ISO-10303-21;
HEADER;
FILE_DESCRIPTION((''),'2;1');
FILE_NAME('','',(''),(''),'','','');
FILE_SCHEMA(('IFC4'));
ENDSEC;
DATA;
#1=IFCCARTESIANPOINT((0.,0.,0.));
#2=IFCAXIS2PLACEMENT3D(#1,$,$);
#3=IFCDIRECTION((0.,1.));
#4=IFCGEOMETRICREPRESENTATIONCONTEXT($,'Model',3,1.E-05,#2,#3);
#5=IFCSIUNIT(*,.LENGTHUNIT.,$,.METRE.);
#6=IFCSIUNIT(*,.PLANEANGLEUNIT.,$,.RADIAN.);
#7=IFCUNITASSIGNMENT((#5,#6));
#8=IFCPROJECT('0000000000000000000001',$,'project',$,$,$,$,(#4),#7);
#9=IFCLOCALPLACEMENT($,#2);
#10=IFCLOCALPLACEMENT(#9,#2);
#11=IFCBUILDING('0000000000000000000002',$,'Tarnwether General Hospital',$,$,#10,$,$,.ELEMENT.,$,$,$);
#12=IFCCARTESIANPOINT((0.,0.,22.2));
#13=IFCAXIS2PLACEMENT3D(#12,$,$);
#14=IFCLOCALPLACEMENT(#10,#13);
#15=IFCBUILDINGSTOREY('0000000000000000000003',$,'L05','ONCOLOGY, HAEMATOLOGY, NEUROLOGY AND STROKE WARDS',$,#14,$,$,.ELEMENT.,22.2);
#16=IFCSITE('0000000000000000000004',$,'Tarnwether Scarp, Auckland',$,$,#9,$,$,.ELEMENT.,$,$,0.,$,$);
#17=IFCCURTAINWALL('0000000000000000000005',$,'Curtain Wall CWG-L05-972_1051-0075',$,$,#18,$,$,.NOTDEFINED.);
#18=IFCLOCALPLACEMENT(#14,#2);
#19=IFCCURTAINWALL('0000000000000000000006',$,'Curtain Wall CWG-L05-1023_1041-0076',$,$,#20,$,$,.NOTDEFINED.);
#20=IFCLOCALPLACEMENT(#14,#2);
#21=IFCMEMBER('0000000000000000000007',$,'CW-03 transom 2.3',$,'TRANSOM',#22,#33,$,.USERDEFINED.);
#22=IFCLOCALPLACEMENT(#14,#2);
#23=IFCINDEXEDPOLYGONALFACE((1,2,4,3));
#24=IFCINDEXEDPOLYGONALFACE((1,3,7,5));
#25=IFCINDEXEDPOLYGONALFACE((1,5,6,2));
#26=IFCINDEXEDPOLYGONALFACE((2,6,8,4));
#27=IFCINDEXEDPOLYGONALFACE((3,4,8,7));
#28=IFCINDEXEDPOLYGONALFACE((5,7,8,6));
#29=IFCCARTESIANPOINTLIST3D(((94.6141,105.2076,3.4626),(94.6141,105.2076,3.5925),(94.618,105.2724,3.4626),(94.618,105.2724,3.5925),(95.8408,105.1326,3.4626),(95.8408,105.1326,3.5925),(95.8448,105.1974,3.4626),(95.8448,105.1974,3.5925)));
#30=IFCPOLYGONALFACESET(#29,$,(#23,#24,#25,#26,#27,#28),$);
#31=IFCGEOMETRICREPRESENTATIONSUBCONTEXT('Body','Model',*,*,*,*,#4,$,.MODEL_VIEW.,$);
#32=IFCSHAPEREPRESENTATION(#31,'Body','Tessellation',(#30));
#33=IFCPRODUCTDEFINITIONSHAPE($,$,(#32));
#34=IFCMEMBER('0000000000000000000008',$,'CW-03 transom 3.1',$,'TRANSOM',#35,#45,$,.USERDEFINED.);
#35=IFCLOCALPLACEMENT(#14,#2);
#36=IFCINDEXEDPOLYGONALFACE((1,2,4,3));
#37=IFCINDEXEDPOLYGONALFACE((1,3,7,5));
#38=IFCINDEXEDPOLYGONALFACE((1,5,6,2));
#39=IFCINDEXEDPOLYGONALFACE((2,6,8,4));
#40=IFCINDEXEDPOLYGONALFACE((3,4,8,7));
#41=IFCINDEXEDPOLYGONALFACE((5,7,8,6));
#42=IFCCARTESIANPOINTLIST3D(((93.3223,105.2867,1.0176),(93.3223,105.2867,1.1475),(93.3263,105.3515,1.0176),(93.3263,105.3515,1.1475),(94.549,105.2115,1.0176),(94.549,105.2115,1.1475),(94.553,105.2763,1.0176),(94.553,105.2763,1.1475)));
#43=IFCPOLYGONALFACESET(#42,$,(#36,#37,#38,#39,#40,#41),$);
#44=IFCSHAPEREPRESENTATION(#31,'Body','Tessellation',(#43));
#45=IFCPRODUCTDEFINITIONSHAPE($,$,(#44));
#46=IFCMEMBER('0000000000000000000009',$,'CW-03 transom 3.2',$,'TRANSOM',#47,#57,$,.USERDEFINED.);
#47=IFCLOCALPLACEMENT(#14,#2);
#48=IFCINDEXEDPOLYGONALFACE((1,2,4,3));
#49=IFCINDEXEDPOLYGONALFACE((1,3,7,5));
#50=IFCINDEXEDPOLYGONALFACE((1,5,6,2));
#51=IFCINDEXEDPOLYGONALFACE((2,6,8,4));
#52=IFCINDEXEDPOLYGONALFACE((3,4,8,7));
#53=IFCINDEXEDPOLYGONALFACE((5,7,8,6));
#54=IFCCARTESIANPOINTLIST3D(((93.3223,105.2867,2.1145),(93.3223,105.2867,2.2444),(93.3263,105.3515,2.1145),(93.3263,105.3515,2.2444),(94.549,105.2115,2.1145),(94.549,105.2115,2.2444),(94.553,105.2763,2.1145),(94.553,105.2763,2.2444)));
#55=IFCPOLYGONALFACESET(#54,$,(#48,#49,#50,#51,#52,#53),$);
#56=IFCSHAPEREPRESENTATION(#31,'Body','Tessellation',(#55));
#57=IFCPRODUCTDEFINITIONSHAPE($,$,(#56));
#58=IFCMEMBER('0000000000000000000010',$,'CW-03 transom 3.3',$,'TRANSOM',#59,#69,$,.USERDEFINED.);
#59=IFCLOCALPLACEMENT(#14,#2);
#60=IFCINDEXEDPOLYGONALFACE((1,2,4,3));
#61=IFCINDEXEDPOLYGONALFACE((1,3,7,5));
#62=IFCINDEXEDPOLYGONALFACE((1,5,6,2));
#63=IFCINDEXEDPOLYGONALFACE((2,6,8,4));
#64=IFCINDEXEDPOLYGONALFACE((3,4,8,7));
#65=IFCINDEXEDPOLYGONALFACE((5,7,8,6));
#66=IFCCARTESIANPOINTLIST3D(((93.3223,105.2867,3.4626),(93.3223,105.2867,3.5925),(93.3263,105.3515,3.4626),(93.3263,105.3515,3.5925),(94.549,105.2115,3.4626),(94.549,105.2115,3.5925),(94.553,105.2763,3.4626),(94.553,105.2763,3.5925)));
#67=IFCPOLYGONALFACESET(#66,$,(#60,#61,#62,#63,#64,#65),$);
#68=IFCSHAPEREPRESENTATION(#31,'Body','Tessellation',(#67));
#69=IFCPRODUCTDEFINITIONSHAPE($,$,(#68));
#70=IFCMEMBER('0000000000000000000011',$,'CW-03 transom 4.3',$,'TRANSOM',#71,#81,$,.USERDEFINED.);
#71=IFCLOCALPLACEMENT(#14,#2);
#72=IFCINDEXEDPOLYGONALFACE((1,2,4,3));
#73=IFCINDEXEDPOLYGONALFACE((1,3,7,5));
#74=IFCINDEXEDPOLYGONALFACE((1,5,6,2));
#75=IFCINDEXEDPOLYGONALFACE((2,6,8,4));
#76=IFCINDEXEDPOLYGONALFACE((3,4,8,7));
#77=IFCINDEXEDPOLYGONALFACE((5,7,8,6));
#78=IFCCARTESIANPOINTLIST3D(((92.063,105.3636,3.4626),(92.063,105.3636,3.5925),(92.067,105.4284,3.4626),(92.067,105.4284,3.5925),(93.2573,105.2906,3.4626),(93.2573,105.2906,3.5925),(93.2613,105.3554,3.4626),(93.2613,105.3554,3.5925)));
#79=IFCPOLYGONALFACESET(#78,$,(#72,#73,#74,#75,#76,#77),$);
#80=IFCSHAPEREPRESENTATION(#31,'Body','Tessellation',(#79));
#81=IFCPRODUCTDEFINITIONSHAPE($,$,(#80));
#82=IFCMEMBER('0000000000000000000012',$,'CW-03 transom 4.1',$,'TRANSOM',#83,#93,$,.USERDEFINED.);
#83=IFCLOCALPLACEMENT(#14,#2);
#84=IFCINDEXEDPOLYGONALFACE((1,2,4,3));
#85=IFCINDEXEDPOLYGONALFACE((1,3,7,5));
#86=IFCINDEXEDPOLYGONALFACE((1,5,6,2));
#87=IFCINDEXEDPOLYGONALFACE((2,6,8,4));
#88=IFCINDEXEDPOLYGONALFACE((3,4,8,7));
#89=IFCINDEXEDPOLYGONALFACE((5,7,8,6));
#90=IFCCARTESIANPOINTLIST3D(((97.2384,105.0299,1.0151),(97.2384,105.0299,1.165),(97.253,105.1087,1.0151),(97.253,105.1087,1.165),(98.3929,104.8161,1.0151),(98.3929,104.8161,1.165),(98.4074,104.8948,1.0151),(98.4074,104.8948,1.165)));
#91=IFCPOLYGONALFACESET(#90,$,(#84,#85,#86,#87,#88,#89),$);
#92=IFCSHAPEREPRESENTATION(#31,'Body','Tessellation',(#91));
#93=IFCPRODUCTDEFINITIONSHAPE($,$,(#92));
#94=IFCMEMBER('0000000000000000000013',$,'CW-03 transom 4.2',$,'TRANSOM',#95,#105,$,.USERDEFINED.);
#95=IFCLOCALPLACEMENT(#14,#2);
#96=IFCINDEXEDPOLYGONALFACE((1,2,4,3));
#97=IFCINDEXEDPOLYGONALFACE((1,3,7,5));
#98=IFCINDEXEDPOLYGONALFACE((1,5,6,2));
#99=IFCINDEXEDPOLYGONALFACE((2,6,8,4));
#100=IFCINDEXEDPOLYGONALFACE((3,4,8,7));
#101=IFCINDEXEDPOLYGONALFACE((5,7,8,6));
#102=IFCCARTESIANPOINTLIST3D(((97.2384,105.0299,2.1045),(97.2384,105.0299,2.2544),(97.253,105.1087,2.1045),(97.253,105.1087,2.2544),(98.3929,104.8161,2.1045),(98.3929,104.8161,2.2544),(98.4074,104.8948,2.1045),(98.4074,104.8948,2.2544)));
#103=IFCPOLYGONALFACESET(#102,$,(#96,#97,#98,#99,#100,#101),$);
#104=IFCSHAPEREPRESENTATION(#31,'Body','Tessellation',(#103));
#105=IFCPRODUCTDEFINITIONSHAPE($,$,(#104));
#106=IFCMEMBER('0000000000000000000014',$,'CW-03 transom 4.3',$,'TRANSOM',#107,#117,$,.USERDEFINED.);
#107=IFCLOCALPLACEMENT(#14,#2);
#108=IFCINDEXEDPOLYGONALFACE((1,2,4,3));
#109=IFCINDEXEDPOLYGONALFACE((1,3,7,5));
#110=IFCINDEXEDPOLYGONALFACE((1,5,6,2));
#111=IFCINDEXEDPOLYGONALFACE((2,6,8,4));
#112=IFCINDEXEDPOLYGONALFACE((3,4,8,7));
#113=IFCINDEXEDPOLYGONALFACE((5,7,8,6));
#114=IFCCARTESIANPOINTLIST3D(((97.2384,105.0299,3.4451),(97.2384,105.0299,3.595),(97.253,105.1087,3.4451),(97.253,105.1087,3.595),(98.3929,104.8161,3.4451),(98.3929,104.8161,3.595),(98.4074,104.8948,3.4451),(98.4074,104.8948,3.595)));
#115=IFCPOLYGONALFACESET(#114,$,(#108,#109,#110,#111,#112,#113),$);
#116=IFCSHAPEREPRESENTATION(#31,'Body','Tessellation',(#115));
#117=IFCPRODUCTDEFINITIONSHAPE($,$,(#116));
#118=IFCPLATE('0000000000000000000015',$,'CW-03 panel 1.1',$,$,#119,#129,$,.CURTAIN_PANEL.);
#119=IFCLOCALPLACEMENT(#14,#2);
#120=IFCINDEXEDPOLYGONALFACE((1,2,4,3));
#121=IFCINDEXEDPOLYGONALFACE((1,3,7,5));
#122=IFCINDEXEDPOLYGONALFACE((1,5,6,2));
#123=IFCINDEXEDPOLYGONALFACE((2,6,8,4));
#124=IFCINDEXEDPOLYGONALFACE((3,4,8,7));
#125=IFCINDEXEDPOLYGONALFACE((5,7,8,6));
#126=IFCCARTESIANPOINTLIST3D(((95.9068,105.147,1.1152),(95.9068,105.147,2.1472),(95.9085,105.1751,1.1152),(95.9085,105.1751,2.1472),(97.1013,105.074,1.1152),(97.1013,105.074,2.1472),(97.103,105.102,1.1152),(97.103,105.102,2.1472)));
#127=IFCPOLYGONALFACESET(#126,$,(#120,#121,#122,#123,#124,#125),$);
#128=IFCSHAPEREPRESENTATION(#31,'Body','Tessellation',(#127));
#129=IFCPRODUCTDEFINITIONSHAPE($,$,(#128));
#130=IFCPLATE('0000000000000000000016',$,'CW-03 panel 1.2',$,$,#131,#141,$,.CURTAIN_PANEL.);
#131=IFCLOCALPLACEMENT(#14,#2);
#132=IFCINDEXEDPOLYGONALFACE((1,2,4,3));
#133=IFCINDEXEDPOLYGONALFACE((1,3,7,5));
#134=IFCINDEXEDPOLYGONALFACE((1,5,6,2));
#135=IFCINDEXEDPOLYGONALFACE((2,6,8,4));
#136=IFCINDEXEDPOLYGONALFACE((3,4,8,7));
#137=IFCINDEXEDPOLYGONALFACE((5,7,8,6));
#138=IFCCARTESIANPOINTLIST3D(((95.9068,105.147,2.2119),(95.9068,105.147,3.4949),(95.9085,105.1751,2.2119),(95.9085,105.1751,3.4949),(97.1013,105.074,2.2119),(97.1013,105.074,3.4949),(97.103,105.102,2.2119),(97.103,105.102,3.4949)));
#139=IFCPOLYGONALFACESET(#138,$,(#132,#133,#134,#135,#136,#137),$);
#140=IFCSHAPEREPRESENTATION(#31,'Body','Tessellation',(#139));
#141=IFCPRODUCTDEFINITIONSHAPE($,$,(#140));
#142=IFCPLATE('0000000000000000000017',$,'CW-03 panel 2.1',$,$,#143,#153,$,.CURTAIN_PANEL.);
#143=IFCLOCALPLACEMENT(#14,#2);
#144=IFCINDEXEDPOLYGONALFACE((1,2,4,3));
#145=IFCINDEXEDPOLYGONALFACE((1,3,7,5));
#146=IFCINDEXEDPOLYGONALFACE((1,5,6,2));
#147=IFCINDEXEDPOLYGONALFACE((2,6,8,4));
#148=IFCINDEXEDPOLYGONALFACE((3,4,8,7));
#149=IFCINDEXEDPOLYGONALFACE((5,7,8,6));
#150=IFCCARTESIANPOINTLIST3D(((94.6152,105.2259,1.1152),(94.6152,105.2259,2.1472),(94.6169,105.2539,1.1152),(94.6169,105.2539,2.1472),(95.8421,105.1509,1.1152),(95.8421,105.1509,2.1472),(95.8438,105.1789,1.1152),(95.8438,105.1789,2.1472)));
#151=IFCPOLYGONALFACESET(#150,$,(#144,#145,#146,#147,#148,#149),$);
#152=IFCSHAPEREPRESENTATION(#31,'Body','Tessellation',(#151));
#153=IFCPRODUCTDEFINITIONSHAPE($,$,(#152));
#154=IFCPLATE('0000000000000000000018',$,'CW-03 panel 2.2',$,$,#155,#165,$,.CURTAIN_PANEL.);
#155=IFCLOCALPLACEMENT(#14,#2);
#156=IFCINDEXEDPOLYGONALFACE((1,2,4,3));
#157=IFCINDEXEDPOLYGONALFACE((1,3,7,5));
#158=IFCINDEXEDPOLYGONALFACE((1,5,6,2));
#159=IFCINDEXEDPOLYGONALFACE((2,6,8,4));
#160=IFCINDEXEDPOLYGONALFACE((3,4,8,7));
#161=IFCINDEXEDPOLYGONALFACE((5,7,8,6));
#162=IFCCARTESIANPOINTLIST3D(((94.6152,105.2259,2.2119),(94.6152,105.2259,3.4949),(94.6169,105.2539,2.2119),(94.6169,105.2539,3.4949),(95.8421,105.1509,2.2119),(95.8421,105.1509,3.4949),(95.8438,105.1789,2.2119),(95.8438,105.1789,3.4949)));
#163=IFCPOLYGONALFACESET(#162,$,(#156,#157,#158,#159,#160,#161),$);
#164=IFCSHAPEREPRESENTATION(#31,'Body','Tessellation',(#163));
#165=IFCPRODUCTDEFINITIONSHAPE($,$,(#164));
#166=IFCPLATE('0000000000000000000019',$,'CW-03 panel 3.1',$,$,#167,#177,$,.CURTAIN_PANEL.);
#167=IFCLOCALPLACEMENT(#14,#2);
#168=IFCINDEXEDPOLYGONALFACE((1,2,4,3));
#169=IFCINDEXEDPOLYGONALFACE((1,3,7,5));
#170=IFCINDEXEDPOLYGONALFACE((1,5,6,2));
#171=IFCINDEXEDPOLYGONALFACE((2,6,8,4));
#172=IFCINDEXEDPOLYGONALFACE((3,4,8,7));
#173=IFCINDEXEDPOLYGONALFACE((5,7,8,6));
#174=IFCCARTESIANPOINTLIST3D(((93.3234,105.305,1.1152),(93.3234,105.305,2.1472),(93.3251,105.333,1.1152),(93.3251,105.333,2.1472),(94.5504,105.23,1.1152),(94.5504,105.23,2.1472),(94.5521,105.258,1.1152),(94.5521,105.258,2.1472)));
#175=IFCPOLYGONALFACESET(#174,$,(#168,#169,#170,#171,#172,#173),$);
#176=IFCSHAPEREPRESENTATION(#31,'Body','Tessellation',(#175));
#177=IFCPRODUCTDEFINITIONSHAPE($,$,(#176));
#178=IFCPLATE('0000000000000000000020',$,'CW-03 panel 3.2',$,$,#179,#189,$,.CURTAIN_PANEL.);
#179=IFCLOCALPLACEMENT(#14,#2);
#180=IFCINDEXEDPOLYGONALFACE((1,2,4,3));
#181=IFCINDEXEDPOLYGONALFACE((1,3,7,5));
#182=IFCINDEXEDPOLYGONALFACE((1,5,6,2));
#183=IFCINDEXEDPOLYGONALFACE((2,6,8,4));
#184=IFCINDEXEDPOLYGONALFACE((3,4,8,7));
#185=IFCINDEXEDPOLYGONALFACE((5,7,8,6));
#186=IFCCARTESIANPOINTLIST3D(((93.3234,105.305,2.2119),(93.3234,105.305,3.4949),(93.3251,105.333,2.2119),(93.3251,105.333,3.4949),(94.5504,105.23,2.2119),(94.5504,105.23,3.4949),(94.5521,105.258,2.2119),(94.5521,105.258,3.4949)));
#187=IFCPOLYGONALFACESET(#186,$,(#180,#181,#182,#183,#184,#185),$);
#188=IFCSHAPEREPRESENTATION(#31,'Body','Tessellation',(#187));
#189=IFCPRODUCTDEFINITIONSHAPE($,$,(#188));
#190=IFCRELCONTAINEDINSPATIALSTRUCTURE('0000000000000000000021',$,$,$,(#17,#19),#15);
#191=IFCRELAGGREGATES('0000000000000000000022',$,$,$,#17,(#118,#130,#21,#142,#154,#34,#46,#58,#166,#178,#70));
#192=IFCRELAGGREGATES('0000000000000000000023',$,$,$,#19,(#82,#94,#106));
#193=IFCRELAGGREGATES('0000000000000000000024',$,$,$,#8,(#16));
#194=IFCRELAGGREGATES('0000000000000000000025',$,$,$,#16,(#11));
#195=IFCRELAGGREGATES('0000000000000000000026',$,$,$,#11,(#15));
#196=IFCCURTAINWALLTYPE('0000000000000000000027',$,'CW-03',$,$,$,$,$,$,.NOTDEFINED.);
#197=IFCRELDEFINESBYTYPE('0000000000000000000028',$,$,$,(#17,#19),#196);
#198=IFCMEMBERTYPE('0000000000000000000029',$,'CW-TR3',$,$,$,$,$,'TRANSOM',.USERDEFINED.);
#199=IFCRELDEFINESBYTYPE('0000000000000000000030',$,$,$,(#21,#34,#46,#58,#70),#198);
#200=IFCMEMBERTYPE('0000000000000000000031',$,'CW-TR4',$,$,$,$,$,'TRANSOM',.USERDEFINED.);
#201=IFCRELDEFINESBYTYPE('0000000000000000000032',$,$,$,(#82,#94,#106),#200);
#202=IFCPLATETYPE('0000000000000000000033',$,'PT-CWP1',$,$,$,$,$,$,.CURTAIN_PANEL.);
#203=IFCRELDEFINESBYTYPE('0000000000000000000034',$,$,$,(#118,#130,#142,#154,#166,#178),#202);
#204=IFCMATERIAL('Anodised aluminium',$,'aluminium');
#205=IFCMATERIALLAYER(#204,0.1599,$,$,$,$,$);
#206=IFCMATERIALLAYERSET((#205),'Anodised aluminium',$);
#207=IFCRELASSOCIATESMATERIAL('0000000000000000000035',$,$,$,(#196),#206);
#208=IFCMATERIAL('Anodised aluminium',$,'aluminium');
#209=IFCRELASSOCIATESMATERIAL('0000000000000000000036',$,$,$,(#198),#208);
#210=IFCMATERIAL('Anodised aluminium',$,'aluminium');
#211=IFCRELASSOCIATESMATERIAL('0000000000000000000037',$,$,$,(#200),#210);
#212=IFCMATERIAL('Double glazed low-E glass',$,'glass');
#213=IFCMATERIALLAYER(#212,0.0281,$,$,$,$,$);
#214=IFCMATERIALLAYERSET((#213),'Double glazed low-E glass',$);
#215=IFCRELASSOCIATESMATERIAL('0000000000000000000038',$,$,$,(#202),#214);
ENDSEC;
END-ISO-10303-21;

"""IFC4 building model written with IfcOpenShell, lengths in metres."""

from ifc_helpers import new_model, si_unit, direction, frame, origin, origin_2d, place, context, subcontext, project, spatial, rectangle, extrude, material, layer, layer_set, material_profile, profile_set, type_object, element, aggregate, save


model = new_model("IFC4")

# Units and contexts
model_context = context("Model", 3, precision=1e-05, world=origin(), true_north=direction((0.0, 1.0)))
body_context = subcontext(model_context, "Body", "Model", "MODEL_VIEW")
ifc_project = project(units=[si_unit("LENGTHUNIT", "METRE"), si_unit("PLANEANGLEUNIT", "RADIAN")], contexts=[model_context])

# Site, building, storey
site_placement = place(None, origin())
site = spatial("IfcSite", under=ifc_project, at=site_placement, Name="Tarnwether Scarp, Auckland", CompositionType="ELEMENT", RefElevation=0.0)
building_placement = place(site_placement, origin())
building = spatial("IfcBuilding", under=site, at=building_placement, Name="Tarnwether General Hospital", CompositionType="ELEMENT")
storey_placement = place(building_placement, frame((0.0, 0.0, 22.2)))
storey = spatial("IfcBuildingStorey", under=building, at=storey_placement, Name="L05", Description="ONCOLOGY, HAEMATOLOGY, NEUROLOGY AND STROKE WARDS", CompositionType="ELEMENT", Elevation=22.2)

# Curtain wall
ifc_material_1 = material(Name="Anodised aluminium", Category="aluminium")
ifc_layer_1 = layer(ifc_material_1, 0.1599)
ifc_layer_set_1 = layer_set([ifc_layer_1], Name="Anodised aluminium")
curtain_wall_type = type_object("IfcCurtainWallType", Name="CW-03", PredefinedType="NOTDEFINED", material=ifc_layer_set_1)
curtain_wall_1_placement = place(storey_placement, origin())
curtain_wall_1 = element("IfcCurtainWall", 1, at=curtain_wall_1_placement, inside=storey, type_object=curtain_wall_type, Name="Curtain Wall CWG-L05-972_1051-0075", PredefinedType="NOTDEFINED")

# Curtain wall
curtain_wall_2_placement = place(storey_placement, origin())
curtain_wall_2 = element("IfcCurtainWall", 2, at=curtain_wall_2_placement, inside=storey, type_object=curtain_wall_type, Name="Curtain Wall CWG-L05-1023_1041-0076", PredefinedType="NOTDEFINED")

# Members
ifc_material_2 = material(Name="Anodised aluminium", Category="aluminium")
ifc_material_profile_1 = material_profile(ifc_material_2, rectangle(XDim=0.0649, YDim=0.1299, at=origin_2d()), Name="ALU-TRN-65x130")
ifc_profile_set_1 = profile_set([ifc_material_profile_1], Name="Anodised aluminium")
member_type_1 = type_object("IfcMemberType", Name="CW-TR3", ElementType="TRANSOM", PredefinedType="USERDEFINED", material=ifc_profile_set_1)
member_1_placement = place(storey_placement, frame((95.8428, 105.165, 3.5276), z_axis=(-0.998139, 0.060981, 0.0), x_axis=(-0.060981, -0.998139, 0.0)))
member_1 = element("IfcMember", 3, at=member_1_placement, type_object=member_type_1, Name="CW-03 transom 2.3", ObjectType="TRANSOM", PredefinedType="USERDEFINED", context=body_context, shape_type="SweptSolid", body=[
    extrude(rectangle(XDim=0.0649, YDim=0.1299, at=origin_2d()), origin(), (0.0, 0.0, 1.0), 1.229),
])
member_2_placement = place(storey_placement, frame((94.551, 105.2439, 1.0825), z_axis=(-0.998127, 0.061179, 0.0), x_axis=(-0.061179, -0.998127, 0.0)))
member_2 = element("IfcMember", 4, at=member_2_placement, type_object=member_type_1, Name="CW-03 transom 3.1", ObjectType="TRANSOM", PredefinedType="USERDEFINED", context=body_context, shape_type="SweptSolid", body=[
    extrude(rectangle(XDim=0.0649, YDim=0.1299, at=origin_2d()), origin(), (0.0, 0.0, 1.0), 1.229),
])
member_3_placement = place(storey_placement, frame((94.551, 105.2439, 2.1794), z_axis=(-0.998127, 0.061179, 0.0), x_axis=(-0.061179, -0.998127, 0.0)))
member_3 = element("IfcMember", 5, at=member_3_placement, type_object=member_type_1, Name="CW-03 transom 3.2", ObjectType="TRANSOM", PredefinedType="USERDEFINED", context=body_context, shape_type="SweptSolid", body=[
    extrude(rectangle(XDim=0.0649, YDim=0.1299, at=origin_2d()), origin(), (0.0, 0.0, 1.0), 1.229),
])
member_4_placement = place(storey_placement, frame((94.551, 105.2439, 3.5276), z_axis=(-0.998127, 0.061179, 0.0), x_axis=(-0.061179, -0.998127, 0.0)))
member_4 = element("IfcMember", 6, at=member_4_placement, type_object=member_type_1, Name="CW-03 transom 3.3", ObjectType="TRANSOM", PredefinedType="USERDEFINED", context=body_context, shape_type="SweptSolid", body=[
    extrude(rectangle(XDim=0.0649, YDim=0.1299, at=origin_2d()), origin(), (0.0, 0.0, 1.0), 1.229),
])
member_5_placement = place(storey_placement, frame((93.2593, 105.323, 3.5276), z_axis=(-0.998137, 0.061006, 0.0), x_axis=(-0.061006, -0.998137, 0.0)))
member_5 = element("IfcMember", 7, at=member_5_placement, type_object=member_type_1, Name="CW-03 transom 4.3", ObjectType="TRANSOM", PredefinedType="USERDEFINED", context=body_context, shape_type="SweptSolid", body=[
    extrude(rectangle(XDim=0.0649, YDim=0.1299, at=origin_2d()), origin(), (0.0, 0.0, 1.0), 1.1965),
])
ifc_material_3 = material(Name="Anodised aluminium", Category="aluminium")
ifc_material_profile_2 = material_profile(ifc_material_3, rectangle(XDim=0.0801, YDim=0.1499, at=origin_2d()), Name="ALU-TRN-80x150")
ifc_profile_set_2 = profile_set([ifc_material_profile_2], Name="Anodised aluminium")
member_type_2 = type_object("IfcMemberType", Name="CW-TR4", ElementType="TRANSOM", PredefinedType="USERDEFINED", material=ifc_profile_set_2)
member_6_placement = place(storey_placement, frame((98.4001, 104.8555, 1.0901), z_axis=(-0.983272, 0.182141, 0.0), x_axis=(-0.182141, -0.983272, 0.0)))
member_6 = element("IfcMember", 8, at=member_6_placement, type_object=member_type_2, Name="CW-03 transom 4.1", ObjectType="TRANSOM", PredefinedType="USERDEFINED", context=body_context, shape_type="SweptSolid", body=[
    extrude(rectangle(XDim=0.0801, YDim=0.1499, at=origin_2d()), origin(), (0.0, 0.0, 1.0), 1.1741),
])
member_7_placement = place(storey_placement, frame((98.4001, 104.8555, 2.1794), z_axis=(-0.983272, 0.182141, 0.0), x_axis=(-0.182141, -0.983272, 0.0)))
member_7 = element("IfcMember", 9, at=member_7_placement, type_object=member_type_2, Name="CW-03 transom 4.2", ObjectType="TRANSOM", PredefinedType="USERDEFINED", context=body_context, shape_type="SweptSolid", body=[
    extrude(rectangle(XDim=0.0801, YDim=0.1499, at=origin_2d()), origin(), (0.0, 0.0, 1.0), 1.1741),
])
member_8_placement = place(storey_placement, frame((98.4001, 104.8555, 3.52), z_axis=(-0.983272, 0.182141, 0.0), x_axis=(-0.182141, -0.983272, 0.0)))
member_8 = element("IfcMember", 10, at=member_8_placement, type_object=member_type_2, Name="CW-03 transom 4.3", ObjectType="TRANSOM", PredefinedType="USERDEFINED", context=body_context, shape_type="SweptSolid", body=[
    extrude(rectangle(XDim=0.0801, YDim=0.1499, at=origin_2d()), origin(), (0.0, 0.0, 1.0), 1.1741),
])

# Plates
ifc_material_4 = material(Name="Double glazed low-E glass", Category="glass")
ifc_layer_2 = layer(ifc_material_4, 0.0281)
ifc_layer_set_2 = layer_set([ifc_layer_2], Name="Double glazed low-E glass")
plate_type_1 = type_object("IfcPlateType", Name="PT-CWP1", PredefinedType="CURTAIN_PANEL", material=ifc_layer_set_2)
plate_1_placement = place(storey_placement, frame((96.5049, 105.1245, 1.1152), z_axis=(0.0, 0.0, 1.0), x_axis=(-0.998135, 0.061043, 0.0)))
plate_1 = element("IfcPlate", 11, at=plate_1_placement, type_object=plate_type_1, Name="CW-03 panel 1.1", PredefinedType="CURTAIN_PANEL", context=body_context, shape_type="SweptSolid", body=[
    extrude(rectangle(XDim=1.1968, YDim=0.0281, at=origin_2d()), origin(), (0.0, 0.0, 1.0), 1.032),
])
plate_2_placement = place(storey_placement, frame((96.5049, 105.1245, 2.2119), z_axis=(0.0, 0.0, 1.0), x_axis=(-0.998135, 0.061043, 0.0)))
plate_2 = element("IfcPlate", 12, at=plate_2_placement, type_object=plate_type_1, Name="CW-03 panel 1.2", PredefinedType="CURTAIN_PANEL", context=body_context, shape_type="SweptSolid", body=[
    extrude(rectangle(XDim=1.1968, YDim=0.0281, at=origin_2d()), origin(), (0.0, 0.0, 1.0), 1.283),
])
plate_3_placement = place(storey_placement, frame((95.2295, 105.2024, 1.1152), z_axis=(0.0, 0.0, 1.0), x_axis=(-0.998135, 0.061043, 0.0)))
plate_3 = element("IfcPlate", 13, at=plate_3_placement, type_object=plate_type_1, Name="CW-03 panel 2.1", PredefinedType="CURTAIN_PANEL", context=body_context, shape_type="SweptSolid", body=[
    extrude(rectangle(XDim=1.2292, YDim=0.0281, at=origin_2d()), origin(), (0.0, 0.0, 1.0), 1.032),
])
plate_4_placement = place(storey_placement, frame((95.2295, 105.2024, 2.2119), z_axis=(0.0, 0.0, 1.0), x_axis=(-0.998135, 0.061043, 0.0)))
plate_4 = element("IfcPlate", 14, at=plate_4_placement, type_object=plate_type_1, Name="CW-03 panel 2.2", PredefinedType="CURTAIN_PANEL", context=body_context, shape_type="SweptSolid", body=[
    extrude(rectangle(XDim=1.2292, YDim=0.0281, at=origin_2d()), origin(), (0.0, 0.0, 1.0), 1.283),
])
plate_5_placement = place(storey_placement, frame((93.9377, 105.2815, 1.1152), z_axis=(0.0, 0.0, 1.0), x_axis=(-0.998135, 0.061043, 0.0)))
plate_5 = element("IfcPlate", 15, at=plate_5_placement, type_object=plate_type_1, Name="CW-03 panel 3.1", PredefinedType="CURTAIN_PANEL", context=body_context, shape_type="SweptSolid", body=[
    extrude(rectangle(XDim=1.2292, YDim=0.0281, at=origin_2d()), origin(), (0.0, 0.0, 1.0), 1.032),
])
plate_6_placement = place(storey_placement, frame((93.9377, 105.2815, 2.2119), z_axis=(0.0, 0.0, 1.0), x_axis=(-0.998135, 0.061043, 0.0)))
plate_6 = element("IfcPlate", 16, at=plate_6_placement, type_object=plate_type_1, Name="CW-03 panel 3.2", PredefinedType="CURTAIN_PANEL", context=body_context, shape_type="SweptSolid", body=[
    extrude(rectangle(XDim=1.2292, YDim=0.0281, at=origin_2d()), origin(), (0.0, 0.0, 1.0), 1.283),
])
aggregate(curtain_wall_1, [plate_1, plate_2, member_1, plate_3, plate_4, member_2, member_3, member_4, plate_5, plate_6, member_5])
aggregate(curtain_wall_2, [member_6, member_7, member_8])

save(model, "model.ifc")
